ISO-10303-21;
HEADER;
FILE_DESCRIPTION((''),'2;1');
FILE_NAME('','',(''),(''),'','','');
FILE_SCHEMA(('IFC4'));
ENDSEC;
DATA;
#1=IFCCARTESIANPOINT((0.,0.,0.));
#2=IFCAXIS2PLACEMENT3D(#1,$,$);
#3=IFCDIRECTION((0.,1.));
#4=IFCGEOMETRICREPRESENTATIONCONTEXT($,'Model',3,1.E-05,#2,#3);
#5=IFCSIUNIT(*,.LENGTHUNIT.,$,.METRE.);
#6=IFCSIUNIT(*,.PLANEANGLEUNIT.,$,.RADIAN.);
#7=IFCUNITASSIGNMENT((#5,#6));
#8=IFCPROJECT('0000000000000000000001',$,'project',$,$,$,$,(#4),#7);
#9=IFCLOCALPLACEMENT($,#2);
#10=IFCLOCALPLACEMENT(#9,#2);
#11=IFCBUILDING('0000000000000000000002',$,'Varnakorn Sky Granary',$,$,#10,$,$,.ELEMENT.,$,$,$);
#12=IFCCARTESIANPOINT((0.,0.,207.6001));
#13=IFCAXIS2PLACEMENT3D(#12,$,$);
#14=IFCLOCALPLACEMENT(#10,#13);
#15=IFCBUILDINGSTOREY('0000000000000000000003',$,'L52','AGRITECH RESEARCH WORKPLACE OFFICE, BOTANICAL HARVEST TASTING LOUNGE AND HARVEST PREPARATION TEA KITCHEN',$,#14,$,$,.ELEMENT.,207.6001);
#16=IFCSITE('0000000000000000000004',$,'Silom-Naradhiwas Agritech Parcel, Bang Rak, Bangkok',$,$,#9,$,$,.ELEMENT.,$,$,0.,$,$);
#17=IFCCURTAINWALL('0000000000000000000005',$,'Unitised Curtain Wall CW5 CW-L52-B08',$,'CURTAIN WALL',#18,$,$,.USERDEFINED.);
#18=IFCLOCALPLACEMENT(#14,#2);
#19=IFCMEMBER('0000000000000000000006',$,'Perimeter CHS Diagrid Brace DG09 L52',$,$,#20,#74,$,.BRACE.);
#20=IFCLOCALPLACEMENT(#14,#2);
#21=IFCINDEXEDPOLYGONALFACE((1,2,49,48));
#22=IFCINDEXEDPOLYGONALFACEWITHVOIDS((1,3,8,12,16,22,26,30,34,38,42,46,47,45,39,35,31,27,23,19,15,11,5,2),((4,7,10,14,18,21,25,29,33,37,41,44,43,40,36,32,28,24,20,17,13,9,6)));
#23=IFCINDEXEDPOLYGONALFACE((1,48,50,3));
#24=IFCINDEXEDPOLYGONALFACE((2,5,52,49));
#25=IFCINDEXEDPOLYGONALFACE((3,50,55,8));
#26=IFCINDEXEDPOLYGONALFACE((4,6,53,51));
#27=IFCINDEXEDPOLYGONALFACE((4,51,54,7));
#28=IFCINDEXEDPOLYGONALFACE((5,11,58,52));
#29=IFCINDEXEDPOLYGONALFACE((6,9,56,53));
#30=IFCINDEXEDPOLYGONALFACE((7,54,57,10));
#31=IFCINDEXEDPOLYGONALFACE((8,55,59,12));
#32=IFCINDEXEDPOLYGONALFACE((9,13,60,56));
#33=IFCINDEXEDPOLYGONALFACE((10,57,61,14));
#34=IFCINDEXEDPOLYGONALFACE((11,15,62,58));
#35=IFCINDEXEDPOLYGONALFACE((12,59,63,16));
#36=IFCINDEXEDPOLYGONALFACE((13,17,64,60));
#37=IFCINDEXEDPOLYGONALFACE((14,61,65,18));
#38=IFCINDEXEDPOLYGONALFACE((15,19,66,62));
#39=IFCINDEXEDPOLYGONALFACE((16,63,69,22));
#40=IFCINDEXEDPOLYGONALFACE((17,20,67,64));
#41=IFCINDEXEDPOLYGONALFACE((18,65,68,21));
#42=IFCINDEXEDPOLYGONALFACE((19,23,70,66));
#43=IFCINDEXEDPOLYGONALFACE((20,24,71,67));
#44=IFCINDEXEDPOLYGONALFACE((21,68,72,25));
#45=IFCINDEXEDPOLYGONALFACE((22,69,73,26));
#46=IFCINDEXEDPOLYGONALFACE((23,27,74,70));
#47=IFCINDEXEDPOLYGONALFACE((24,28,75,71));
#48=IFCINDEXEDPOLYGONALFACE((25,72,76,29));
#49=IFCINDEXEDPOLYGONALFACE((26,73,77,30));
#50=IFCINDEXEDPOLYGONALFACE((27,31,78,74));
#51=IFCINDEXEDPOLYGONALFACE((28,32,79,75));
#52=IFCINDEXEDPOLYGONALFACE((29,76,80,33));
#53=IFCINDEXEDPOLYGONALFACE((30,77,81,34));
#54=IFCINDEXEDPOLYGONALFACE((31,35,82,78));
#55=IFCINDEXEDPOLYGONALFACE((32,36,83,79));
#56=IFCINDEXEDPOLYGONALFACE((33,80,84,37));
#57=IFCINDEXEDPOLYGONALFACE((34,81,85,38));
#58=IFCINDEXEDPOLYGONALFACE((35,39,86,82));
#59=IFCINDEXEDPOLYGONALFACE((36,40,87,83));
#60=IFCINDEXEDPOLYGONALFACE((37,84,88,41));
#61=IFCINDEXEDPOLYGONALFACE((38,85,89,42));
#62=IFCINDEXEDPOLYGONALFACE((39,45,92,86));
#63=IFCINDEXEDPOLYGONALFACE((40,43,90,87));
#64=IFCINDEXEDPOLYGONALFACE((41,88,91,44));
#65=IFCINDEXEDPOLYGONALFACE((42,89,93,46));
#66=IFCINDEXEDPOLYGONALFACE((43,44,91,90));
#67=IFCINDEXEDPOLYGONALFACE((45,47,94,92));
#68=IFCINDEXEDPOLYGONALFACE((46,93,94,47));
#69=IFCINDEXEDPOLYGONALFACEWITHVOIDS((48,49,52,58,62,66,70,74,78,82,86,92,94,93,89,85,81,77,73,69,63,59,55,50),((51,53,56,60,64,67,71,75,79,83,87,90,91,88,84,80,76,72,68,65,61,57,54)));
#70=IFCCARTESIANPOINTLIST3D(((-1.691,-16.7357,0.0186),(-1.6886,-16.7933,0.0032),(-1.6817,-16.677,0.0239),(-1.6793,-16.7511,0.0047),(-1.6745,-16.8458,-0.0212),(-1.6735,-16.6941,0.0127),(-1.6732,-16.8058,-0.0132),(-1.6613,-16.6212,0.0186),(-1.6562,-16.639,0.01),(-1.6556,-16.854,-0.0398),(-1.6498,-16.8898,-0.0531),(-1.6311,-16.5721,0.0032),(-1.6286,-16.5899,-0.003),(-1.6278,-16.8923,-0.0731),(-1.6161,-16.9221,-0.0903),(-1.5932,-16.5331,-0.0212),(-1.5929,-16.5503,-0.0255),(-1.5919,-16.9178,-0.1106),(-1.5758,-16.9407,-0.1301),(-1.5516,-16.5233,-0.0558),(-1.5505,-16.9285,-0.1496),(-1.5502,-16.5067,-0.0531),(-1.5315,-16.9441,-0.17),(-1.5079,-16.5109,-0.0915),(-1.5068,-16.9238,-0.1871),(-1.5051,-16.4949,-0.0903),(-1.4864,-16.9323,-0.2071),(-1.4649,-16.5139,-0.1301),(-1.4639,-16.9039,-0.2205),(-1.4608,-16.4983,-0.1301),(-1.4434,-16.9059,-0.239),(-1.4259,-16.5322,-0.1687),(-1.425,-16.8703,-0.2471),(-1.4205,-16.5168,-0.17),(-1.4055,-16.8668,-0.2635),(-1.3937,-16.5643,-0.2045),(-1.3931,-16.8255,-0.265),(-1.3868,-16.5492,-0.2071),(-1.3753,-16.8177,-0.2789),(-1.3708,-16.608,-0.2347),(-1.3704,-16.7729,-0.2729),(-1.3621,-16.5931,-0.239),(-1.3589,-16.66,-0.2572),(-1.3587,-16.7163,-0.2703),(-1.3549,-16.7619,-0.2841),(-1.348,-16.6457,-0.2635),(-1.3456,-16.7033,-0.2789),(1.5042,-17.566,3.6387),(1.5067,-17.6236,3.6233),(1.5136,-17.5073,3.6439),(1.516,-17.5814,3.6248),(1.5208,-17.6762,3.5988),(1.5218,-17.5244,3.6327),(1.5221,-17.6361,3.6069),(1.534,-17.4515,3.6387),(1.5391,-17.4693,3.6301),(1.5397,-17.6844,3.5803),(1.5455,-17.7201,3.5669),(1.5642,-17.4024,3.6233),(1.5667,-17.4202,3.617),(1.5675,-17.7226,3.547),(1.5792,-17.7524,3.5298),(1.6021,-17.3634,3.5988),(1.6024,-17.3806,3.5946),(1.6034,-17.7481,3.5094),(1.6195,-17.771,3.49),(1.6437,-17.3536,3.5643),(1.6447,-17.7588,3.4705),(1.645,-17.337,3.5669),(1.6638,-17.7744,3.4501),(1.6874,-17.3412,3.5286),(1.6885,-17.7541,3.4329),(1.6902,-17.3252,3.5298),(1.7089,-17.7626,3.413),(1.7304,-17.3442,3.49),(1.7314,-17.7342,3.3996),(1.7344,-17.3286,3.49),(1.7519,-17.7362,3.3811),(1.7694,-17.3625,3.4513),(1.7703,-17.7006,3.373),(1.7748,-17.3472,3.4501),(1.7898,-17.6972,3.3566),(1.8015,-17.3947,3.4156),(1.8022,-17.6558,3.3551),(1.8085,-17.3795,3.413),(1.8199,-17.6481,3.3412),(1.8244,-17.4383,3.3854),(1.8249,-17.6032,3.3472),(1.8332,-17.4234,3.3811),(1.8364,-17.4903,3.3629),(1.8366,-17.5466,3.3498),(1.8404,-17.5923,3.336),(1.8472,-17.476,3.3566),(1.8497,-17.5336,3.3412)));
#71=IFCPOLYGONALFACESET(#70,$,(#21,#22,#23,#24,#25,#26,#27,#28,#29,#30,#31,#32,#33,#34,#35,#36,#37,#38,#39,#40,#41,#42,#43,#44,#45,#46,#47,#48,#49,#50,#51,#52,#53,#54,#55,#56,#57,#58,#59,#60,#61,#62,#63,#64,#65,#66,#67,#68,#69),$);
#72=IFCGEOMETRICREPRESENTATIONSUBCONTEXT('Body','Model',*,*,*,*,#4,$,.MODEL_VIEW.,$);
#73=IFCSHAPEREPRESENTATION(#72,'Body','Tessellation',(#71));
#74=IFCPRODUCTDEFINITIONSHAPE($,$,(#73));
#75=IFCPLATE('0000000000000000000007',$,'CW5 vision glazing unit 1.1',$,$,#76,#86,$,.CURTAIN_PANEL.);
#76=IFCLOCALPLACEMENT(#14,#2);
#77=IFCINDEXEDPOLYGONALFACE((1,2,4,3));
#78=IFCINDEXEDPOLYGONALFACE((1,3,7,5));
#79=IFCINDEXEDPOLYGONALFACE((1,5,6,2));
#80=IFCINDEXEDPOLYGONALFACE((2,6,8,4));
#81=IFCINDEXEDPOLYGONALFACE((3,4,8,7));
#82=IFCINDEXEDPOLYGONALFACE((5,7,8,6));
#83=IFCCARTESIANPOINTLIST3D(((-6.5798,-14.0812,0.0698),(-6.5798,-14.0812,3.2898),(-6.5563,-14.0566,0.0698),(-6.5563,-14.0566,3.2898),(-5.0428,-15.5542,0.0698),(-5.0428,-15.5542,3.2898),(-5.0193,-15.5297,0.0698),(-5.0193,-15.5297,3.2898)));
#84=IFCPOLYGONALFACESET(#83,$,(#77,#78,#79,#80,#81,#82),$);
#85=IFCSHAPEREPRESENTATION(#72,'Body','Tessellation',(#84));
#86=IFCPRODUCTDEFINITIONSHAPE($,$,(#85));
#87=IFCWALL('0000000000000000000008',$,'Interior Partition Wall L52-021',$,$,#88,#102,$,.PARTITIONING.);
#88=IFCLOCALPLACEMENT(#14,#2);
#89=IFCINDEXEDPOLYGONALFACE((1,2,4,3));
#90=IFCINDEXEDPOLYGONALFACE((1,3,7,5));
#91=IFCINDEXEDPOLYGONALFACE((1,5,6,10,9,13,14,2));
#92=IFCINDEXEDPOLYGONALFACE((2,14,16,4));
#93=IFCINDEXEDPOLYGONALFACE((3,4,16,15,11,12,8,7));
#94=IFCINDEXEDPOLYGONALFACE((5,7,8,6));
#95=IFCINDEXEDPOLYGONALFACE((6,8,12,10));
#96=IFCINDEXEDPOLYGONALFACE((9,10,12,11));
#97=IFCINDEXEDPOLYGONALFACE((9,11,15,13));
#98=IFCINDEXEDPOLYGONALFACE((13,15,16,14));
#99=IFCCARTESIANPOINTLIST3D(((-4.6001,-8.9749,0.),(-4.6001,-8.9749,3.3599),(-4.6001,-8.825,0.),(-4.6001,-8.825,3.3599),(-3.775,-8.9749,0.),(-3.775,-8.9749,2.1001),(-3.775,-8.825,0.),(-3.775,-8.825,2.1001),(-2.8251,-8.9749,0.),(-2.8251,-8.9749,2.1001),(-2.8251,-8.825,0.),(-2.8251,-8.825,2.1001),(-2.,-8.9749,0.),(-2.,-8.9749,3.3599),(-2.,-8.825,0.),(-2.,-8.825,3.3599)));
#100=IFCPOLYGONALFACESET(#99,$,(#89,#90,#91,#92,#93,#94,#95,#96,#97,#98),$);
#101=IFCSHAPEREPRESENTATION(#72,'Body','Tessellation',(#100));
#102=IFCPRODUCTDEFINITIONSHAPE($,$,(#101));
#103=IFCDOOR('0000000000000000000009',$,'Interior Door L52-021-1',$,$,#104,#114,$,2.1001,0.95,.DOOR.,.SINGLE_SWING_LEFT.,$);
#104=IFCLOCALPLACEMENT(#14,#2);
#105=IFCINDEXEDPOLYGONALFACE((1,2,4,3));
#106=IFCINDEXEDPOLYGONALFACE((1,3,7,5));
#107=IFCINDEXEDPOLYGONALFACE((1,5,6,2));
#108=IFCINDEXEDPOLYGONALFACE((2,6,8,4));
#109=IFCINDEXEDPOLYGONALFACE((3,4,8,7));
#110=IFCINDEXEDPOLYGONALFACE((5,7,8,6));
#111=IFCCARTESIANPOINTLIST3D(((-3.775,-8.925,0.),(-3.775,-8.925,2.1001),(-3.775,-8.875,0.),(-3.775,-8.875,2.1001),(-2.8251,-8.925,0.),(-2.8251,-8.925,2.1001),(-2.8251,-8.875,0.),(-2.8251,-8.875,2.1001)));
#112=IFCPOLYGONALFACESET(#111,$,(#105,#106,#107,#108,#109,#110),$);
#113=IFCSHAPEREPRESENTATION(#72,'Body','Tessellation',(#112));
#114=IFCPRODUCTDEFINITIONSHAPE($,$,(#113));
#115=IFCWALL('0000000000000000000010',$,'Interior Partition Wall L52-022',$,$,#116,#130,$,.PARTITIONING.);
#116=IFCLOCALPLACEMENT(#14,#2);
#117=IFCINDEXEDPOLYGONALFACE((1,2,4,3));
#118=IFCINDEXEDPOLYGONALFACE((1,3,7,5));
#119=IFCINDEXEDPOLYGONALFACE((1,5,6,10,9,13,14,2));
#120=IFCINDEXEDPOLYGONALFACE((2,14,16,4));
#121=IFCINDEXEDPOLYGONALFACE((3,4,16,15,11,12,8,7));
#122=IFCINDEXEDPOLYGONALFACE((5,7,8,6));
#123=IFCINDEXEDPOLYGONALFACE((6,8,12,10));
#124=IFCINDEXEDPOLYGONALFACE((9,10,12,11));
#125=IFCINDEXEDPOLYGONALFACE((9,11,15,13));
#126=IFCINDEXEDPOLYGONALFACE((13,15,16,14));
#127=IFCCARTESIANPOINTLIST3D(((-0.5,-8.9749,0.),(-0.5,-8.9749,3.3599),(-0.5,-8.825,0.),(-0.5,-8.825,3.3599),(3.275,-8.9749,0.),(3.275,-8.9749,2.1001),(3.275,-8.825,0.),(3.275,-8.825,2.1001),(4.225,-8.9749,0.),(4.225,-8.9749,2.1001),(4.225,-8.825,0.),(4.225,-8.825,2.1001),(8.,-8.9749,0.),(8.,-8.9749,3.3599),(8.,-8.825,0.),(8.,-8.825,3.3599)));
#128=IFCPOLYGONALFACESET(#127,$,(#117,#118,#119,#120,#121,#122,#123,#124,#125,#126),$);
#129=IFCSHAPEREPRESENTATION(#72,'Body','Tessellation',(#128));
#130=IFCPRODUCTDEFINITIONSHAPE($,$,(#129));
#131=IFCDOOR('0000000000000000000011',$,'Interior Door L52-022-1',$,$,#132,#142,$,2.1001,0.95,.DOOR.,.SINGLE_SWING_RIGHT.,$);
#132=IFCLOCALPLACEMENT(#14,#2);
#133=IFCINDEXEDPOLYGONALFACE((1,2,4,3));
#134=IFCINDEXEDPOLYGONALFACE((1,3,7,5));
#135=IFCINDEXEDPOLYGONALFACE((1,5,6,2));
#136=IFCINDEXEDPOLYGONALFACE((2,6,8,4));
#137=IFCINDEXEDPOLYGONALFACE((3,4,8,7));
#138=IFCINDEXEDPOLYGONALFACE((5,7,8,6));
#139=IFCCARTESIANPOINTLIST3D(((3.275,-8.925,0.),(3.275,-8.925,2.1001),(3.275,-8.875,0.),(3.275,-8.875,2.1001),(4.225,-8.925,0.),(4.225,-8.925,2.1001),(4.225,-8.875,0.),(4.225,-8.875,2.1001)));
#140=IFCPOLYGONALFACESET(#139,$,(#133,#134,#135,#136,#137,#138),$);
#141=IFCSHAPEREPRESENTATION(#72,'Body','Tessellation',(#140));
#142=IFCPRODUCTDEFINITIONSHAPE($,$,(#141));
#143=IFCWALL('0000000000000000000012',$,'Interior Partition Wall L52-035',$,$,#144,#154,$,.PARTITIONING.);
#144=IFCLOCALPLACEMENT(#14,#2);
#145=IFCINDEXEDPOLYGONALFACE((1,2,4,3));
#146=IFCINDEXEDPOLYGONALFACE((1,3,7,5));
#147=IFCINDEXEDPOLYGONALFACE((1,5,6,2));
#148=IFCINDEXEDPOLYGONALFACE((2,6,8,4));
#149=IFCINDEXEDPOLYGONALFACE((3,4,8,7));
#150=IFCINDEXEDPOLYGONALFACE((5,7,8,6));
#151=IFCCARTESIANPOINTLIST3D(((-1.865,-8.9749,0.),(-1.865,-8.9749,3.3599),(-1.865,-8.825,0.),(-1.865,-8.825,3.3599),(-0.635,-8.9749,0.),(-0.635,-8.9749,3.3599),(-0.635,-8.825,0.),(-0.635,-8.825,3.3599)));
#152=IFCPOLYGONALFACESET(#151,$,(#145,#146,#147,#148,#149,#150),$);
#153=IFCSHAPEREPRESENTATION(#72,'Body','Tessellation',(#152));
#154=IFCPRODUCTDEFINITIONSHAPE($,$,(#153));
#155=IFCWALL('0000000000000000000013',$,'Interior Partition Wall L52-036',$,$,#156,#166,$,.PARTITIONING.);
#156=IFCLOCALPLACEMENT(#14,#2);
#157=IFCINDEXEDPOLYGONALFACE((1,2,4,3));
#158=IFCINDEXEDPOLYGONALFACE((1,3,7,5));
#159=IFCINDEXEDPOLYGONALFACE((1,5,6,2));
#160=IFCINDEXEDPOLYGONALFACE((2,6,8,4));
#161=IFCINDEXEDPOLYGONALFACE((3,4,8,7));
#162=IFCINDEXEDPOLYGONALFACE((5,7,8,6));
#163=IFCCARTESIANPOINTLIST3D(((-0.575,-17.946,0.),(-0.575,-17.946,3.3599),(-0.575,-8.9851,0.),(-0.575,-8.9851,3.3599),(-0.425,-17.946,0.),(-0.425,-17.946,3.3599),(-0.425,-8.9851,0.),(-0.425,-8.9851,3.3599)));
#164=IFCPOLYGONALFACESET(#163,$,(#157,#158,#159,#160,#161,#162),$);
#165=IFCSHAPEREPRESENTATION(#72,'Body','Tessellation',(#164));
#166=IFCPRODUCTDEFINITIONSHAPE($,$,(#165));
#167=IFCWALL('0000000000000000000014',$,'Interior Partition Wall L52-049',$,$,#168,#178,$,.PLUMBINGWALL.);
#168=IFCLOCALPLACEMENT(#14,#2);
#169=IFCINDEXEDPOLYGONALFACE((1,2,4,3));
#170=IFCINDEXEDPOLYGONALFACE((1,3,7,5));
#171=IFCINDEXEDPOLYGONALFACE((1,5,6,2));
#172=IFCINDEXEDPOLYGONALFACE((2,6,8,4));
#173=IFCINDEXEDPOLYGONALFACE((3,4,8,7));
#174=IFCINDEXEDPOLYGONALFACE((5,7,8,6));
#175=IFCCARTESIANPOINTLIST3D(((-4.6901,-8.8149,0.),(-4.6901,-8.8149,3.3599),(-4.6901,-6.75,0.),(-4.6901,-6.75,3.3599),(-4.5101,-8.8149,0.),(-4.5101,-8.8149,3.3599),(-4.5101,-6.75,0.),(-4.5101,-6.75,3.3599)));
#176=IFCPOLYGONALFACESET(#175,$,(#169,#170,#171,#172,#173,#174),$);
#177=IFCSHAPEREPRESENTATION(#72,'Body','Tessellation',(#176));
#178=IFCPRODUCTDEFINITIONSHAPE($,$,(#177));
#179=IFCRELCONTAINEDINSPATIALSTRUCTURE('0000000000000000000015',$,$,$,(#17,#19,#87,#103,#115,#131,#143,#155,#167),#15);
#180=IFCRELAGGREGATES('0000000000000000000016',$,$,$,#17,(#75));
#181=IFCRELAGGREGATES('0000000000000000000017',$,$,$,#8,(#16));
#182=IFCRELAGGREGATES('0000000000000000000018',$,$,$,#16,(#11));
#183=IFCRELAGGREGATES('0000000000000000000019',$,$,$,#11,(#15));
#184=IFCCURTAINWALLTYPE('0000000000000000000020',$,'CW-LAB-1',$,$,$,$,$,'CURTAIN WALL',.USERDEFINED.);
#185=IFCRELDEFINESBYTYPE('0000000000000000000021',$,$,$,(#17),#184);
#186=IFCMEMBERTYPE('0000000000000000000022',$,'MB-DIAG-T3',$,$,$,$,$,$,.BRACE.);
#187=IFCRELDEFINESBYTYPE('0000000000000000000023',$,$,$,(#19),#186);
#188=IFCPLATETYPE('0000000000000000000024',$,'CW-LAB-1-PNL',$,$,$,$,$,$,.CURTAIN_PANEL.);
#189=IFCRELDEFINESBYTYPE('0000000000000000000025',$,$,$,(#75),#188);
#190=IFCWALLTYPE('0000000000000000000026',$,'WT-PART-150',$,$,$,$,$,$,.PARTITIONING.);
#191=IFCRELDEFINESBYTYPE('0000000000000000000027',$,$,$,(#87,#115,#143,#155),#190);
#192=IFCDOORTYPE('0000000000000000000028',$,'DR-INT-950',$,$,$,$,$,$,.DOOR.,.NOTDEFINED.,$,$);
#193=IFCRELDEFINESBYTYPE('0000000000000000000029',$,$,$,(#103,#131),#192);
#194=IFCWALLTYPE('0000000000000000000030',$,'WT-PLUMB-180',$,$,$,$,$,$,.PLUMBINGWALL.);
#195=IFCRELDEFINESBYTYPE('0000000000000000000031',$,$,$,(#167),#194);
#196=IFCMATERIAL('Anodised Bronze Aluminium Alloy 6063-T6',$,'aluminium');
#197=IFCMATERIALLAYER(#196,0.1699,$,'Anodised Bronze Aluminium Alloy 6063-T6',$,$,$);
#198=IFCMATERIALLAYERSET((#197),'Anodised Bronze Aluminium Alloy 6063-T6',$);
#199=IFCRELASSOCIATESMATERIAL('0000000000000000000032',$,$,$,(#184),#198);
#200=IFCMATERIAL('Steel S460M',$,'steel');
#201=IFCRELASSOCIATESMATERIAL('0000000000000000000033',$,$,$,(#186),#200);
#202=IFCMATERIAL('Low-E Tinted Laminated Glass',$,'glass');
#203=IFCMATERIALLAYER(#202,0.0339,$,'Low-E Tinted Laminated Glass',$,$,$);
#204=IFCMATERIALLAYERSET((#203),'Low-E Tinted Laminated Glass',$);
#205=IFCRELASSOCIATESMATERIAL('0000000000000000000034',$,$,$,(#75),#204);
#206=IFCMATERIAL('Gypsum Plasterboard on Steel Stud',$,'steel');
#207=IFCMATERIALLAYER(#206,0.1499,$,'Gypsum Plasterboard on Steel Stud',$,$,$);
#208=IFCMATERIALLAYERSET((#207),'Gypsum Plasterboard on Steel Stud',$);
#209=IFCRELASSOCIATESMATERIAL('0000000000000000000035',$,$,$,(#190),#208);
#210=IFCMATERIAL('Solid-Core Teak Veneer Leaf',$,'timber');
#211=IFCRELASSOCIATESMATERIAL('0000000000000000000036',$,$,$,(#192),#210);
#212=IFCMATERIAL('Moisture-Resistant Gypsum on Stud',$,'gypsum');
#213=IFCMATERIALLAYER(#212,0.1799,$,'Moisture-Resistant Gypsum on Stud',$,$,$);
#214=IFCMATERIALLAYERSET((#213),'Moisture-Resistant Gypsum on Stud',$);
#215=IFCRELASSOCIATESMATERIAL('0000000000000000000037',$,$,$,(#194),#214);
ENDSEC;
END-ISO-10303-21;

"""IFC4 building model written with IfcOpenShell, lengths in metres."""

from ifc_helpers import new_model, si_unit, direction, frame, frame_2d, origin, origin_2d, place, context, subcontext, project, spatial, rectangle, hollow_circle, extrude, source, transform, mapped, material, layer, layer_set, material_profile, profile_set, type_object, type_shapes, element, fill, aggregate, save


model = new_model("IFC4")

# Units and contexts
model_context = context("Model", 3, precision=1e-05, world=origin(), true_north=direction((0.0, 1.0)))
body_context = subcontext(model_context, "Body", "Model", "MODEL_VIEW")
ifc_project = project(units=[si_unit("LENGTHUNIT", "METRE"), si_unit("PLANEANGLEUNIT", "RADIAN")], contexts=[model_context])

# Site, building, storey
site_placement = place(None, origin())
site = spatial("IfcSite", under=ifc_project, at=site_placement, Name="Silom-Naradhiwas Agritech Parcel, Bang Rak, Bangkok", CompositionType="ELEMENT", RefElevation=0.0)
building_placement = place(site_placement, origin())
building = spatial("IfcBuilding", under=site, at=building_placement, Name="Varnakorn Sky Granary", CompositionType="ELEMENT")
storey_placement = place(building_placement, frame((0.0, 0.0, 207.6001)))
storey = spatial("IfcBuildingStorey", under=building, at=storey_placement, Name="L52", Description="AGRITECH RESEARCH WORKPLACE OFFICE, BOTANICAL HARVEST TASTING LOUNGE AND HARVEST PREPARATION TEA KITCHEN", CompositionType="ELEMENT", Elevation=207.6001)

# Shared definitions
ifc_material_1 = material(Name="Steel S460M", Category="steel")

# Curtain wall
ifc_material_2 = material(Name="Anodised Bronze Aluminium Alloy 6063-T6", Category="aluminium")
ifc_layer_1 = layer(ifc_material_2, 0.1699, Name="Anodised Bronze Aluminium Alloy 6063-T6")
ifc_layer_set_1 = layer_set([ifc_layer_1], Name="Anodised Bronze Aluminium Alloy 6063-T6")
curtain_wall_type = type_object("IfcCurtainWallType", Name="CW-LAB-1", ElementType="CURTAIN WALL", PredefinedType="USERDEFINED", material=ifc_layer_set_1)
curtain_wall_placement = place(storey_placement, origin())
curtain_wall = element("IfcCurtainWall", 1, at=curtain_wall_placement, inside=storey, type_object=curtain_wall_type, Name="Unitised Curtain Wall CW5 CW-L52-B08", ObjectType="CURTAIN WALL", PredefinedType="USERDEFINED")

# Member
ifc_material_profile_1 = material_profile(ifc_material_1, hollow_circle(Radius=0.2285, WallThickness=0.0161, at=origin_2d()), Name="CHS 457x16")
ifc_profile_set_1 = profile_set([ifc_material_profile_1], Name="Steel S460M")
member_type_1 = type_object("IfcMemberType", Name="MB-DIAG-T3", PredefinedType="BRACE", material=ifc_profile_set_1)
member_1_placement = place(storey_placement, frame((-1.5183, -16.7195, -0.1301), z_axis=(0.652177, -0.169472, 0.738881), x_axis=(0.251504, 0.967856, 0.0)))
element("IfcMember", 2, at=member_1_placement, inside=storey, type_object=member_type_1, Name="Perimeter CHS Diagrid Brace DG09 L52", PredefinedType="BRACE", context=body_context, shape_type="SweptSolid", body=[
    extrude(hollow_circle(Radius=0.2285, WallThickness=0.0161, at=origin_2d()), origin(), (0.0, 0.0, 1.0), 4.8994),
])

# Plate
ifc_material_3 = material(Name="Low-E Tinted Laminated Glass", Category="glass")
ifc_layer_2 = layer(ifc_material_3, 0.0339, Name="Low-E Tinted Laminated Glass")
ifc_layer_set_2 = layer_set([ifc_layer_2], Name="Low-E Tinted Laminated Glass")
plate_type = type_object("IfcPlateType", Name="CW-LAB-1-PNL", PredefinedType="CURTAIN_PANEL")
shared_shape_1 = source(origin(), body_context, "Body", "SweptSolid", [
    extrude(rectangle(XDim=2.1289, YDim=0.0339, at=origin_2d()), origin(), (0.0, 0.0, 1.0), 3.22),
])
type_shapes(plate_type, [shared_shape_1])
plate_placement = place(storey_placement, frame((-5.7996, -14.8054, 0.0698), z_axis=(0.0, 0.0, 1.0), x_axis=(-0.721971, 0.691923, 0.0)))
plate = element("IfcPlate", 3, at=plate_placement, type_object=plate_type, material=ifc_layer_set_2, Name="CW5 vision glazing unit 1.1", PredefinedType="CURTAIN_PANEL", context=body_context, shape_type="MappedRepresentation", body=[
    mapped(shared_shape_1, transform((0.0, 0.0, 0.0), x_axis=(1.0, 0.0, 0.0), y_axis=(0.0, 1.0, 0.0), z_axis=(0.0, 0.0, 1.0), scale=1.0)),
])
aggregate(curtain_wall, [plate])

# Walls, openings, doors
ifc_material_4 = material(Name="Gypsum Plasterboard on Steel Stud", Category="steel")
ifc_layer_3 = layer(ifc_material_4, 0.1499, Name="Gypsum Plasterboard on Steel Stud")
ifc_layer_set_3 = layer_set([ifc_layer_3], Name="Gypsum Plasterboard on Steel Stud")
wall_type_1 = type_object("IfcWallType", Name="WT-PART-150", PredefinedType="PARTITIONING", material=ifc_layer_set_3)
wall_1_placement = place(storey_placement, frame((-4.6001, -8.8999, 0.0), z_axis=(0.0, 0.0, 1.0), x_axis=(1.0, 0.0, 0.0)))
wall_1 = element("IfcWall", 4, at=wall_1_placement, inside=storey, type_object=wall_type_1, Name="Interior Partition Wall L52-021", PredefinedType="PARTITIONING", context=body_context, shape_type="SweptSolid", body=[
    extrude(rectangle(XDim=2.6001, YDim=0.1499, at=frame_2d((1.3, 0.0))), origin(), (0.0, 0.0, 1.0), 3.3599),
])
opening_1_placement = place(wall_1_placement, frame((0.825, 0.0, 0.0)))
opening_1 = element("IfcOpeningElement", 5, at=opening_1_placement, cuts=wall_1, PredefinedType="OPENING", context=body_context, shape_type="SweptSolid", body=[
    extrude(rectangle(XDim=0.95, YDim=2.1001, at=frame_2d((0.4751, 1.05))), frame((0.0, 0.085, 0.0), z_axis=(0.0, -1.0, 0.0), x_axis=(1.0, 0.0, 0.0)), (0.0, 0.0, 1.0), 0.1699),
])
ifc_material_5 = material(Name="Solid-Core Teak Veneer Leaf", Category="timber")
door_type = type_object("IfcDoorType", Name="DR-INT-950", OperationType="NOTDEFINED", PredefinedType="DOOR", material=ifc_material_5)
door_1_placement = place(opening_1_placement, origin())
door_1 = element("IfcDoor", 6, at=door_1_placement, inside=storey, type_object=door_type, Name="Interior Door L52-021-1", OperationType="SINGLE_SWING_LEFT", OverallHeight=2.1001, OverallWidth=0.95, PredefinedType="DOOR", context=body_context, shape_type="SweptSolid", body=[
    extrude(rectangle(XDim=0.95, YDim=2.1001, at=frame_2d((0.4751, 1.05))), frame((0.0, 0.0249, 0.0), z_axis=(0.0, -1.0, 0.0), x_axis=(1.0, 0.0, 0.0)), (0.0, 0.0, 1.0), 0.05),
])
fill(opening_1, door_1)
wall_2_placement = place(storey_placement, frame((-0.5, -8.8999, 0.0), z_axis=(0.0, 0.0, 1.0), x_axis=(1.0, 0.0, 0.0)))
wall_2 = element("IfcWall", 7, at=wall_2_placement, inside=storey, type_object=wall_type_1, Name="Interior Partition Wall L52-022", PredefinedType="PARTITIONING", context=body_context, shape_type="SweptSolid", body=[
    extrude(rectangle(XDim=8.5, YDim=0.1499, at=frame_2d((4.25, 0.0))), origin(), (0.0, 0.0, 1.0), 3.3599),
])
opening_2_placement = place(wall_2_placement, frame((3.7749, 0.0, 0.0)))
opening_2 = element("IfcOpeningElement", 8, at=opening_2_placement, cuts=wall_2, PredefinedType="OPENING", context=body_context, shape_type="SweptSolid", body=[
    extrude(rectangle(XDim=0.95, YDim=2.1001, at=frame_2d((0.4751, 1.05))), frame((0.0, 0.085, 0.0), z_axis=(0.0, -1.0, 0.0), x_axis=(1.0, 0.0, 0.0)), (0.0, 0.0, 1.0), 0.1699),
])
door_2_placement = place(opening_2_placement, origin())
door_2 = element("IfcDoor", 9, at=door_2_placement, inside=storey, type_object=door_type, Name="Interior Door L52-022-1", OperationType="SINGLE_SWING_RIGHT", OverallHeight=2.1001, OverallWidth=0.95, PredefinedType="DOOR", context=body_context, shape_type="SweptSolid", body=[
    extrude(rectangle(XDim=0.95, YDim=2.1001, at=frame_2d((0.4751, 1.05))), frame((0.0, 0.0249, 0.0), z_axis=(0.0, -1.0, 0.0), x_axis=(1.0, 0.0, 0.0)), (0.0, 0.0, 1.0), 0.05),
])
fill(opening_2, door_2)

# Walls
wall_3_placement = place(storey_placement, frame((-1.865, -8.8999, 0.0), z_axis=(0.0, 0.0, 1.0), x_axis=(1.0, 0.0, 0.0)))
element("IfcWall", 10, at=wall_3_placement, inside=storey, type_object=wall_type_1, Name="Interior Partition Wall L52-035", PredefinedType="PARTITIONING", context=body_context, shape_type="SweptSolid", body=[
    extrude(rectangle(XDim=1.23, YDim=0.1499, at=frame_2d((0.615, 0.0))), origin(), (0.0, 0.0, 1.0), 3.3599),
])
wall_4_placement = place(storey_placement, frame((-0.5, -8.9851, 0.0), z_axis=(0.0, 0.0, 1.0), x_axis=(0.0, -1.0, 0.0)))
element("IfcWall", 11, at=wall_4_placement, inside=storey, type_object=wall_type_1, Name="Interior Partition Wall L52-036", PredefinedType="PARTITIONING", context=body_context, shape_type="SweptSolid", body=[
    extrude(rectangle(XDim=8.9609, YDim=0.1499, at=frame_2d((4.4805, 0.0))), origin(), (0.0, 0.0, 1.0), 3.3599),
])
ifc_material_6 = material(Name="Moisture-Resistant Gypsum on Stud", Category="gypsum")
ifc_layer_4 = layer(ifc_material_6, 0.1799, Name="Moisture-Resistant Gypsum on Stud")
ifc_layer_set_4 = layer_set([ifc_layer_4], Name="Moisture-Resistant Gypsum on Stud")
wall_type_2 = type_object("IfcWallType", Name="WT-PLUMB-180", PredefinedType="PLUMBINGWALL", material=ifc_layer_set_4)
wall_5_placement = place(storey_placement, frame((-4.6001, -6.75, 0.0), z_axis=(0.0, 0.0, 1.0), x_axis=(0.0, -1.0, 0.0)))
element("IfcWall", 12, at=wall_5_placement, inside=storey, type_object=wall_type_2, Name="Interior Partition Wall L52-049", PredefinedType="PLUMBINGWALL", context=body_context, shape_type="SweptSolid", body=[
    extrude(rectangle(XDim=2.0649, YDim=0.1799, at=frame_2d((1.0325, 0.0))), origin(), (0.0, 0.0, 1.0), 3.3599),
])

save(model, "model.ifc")
